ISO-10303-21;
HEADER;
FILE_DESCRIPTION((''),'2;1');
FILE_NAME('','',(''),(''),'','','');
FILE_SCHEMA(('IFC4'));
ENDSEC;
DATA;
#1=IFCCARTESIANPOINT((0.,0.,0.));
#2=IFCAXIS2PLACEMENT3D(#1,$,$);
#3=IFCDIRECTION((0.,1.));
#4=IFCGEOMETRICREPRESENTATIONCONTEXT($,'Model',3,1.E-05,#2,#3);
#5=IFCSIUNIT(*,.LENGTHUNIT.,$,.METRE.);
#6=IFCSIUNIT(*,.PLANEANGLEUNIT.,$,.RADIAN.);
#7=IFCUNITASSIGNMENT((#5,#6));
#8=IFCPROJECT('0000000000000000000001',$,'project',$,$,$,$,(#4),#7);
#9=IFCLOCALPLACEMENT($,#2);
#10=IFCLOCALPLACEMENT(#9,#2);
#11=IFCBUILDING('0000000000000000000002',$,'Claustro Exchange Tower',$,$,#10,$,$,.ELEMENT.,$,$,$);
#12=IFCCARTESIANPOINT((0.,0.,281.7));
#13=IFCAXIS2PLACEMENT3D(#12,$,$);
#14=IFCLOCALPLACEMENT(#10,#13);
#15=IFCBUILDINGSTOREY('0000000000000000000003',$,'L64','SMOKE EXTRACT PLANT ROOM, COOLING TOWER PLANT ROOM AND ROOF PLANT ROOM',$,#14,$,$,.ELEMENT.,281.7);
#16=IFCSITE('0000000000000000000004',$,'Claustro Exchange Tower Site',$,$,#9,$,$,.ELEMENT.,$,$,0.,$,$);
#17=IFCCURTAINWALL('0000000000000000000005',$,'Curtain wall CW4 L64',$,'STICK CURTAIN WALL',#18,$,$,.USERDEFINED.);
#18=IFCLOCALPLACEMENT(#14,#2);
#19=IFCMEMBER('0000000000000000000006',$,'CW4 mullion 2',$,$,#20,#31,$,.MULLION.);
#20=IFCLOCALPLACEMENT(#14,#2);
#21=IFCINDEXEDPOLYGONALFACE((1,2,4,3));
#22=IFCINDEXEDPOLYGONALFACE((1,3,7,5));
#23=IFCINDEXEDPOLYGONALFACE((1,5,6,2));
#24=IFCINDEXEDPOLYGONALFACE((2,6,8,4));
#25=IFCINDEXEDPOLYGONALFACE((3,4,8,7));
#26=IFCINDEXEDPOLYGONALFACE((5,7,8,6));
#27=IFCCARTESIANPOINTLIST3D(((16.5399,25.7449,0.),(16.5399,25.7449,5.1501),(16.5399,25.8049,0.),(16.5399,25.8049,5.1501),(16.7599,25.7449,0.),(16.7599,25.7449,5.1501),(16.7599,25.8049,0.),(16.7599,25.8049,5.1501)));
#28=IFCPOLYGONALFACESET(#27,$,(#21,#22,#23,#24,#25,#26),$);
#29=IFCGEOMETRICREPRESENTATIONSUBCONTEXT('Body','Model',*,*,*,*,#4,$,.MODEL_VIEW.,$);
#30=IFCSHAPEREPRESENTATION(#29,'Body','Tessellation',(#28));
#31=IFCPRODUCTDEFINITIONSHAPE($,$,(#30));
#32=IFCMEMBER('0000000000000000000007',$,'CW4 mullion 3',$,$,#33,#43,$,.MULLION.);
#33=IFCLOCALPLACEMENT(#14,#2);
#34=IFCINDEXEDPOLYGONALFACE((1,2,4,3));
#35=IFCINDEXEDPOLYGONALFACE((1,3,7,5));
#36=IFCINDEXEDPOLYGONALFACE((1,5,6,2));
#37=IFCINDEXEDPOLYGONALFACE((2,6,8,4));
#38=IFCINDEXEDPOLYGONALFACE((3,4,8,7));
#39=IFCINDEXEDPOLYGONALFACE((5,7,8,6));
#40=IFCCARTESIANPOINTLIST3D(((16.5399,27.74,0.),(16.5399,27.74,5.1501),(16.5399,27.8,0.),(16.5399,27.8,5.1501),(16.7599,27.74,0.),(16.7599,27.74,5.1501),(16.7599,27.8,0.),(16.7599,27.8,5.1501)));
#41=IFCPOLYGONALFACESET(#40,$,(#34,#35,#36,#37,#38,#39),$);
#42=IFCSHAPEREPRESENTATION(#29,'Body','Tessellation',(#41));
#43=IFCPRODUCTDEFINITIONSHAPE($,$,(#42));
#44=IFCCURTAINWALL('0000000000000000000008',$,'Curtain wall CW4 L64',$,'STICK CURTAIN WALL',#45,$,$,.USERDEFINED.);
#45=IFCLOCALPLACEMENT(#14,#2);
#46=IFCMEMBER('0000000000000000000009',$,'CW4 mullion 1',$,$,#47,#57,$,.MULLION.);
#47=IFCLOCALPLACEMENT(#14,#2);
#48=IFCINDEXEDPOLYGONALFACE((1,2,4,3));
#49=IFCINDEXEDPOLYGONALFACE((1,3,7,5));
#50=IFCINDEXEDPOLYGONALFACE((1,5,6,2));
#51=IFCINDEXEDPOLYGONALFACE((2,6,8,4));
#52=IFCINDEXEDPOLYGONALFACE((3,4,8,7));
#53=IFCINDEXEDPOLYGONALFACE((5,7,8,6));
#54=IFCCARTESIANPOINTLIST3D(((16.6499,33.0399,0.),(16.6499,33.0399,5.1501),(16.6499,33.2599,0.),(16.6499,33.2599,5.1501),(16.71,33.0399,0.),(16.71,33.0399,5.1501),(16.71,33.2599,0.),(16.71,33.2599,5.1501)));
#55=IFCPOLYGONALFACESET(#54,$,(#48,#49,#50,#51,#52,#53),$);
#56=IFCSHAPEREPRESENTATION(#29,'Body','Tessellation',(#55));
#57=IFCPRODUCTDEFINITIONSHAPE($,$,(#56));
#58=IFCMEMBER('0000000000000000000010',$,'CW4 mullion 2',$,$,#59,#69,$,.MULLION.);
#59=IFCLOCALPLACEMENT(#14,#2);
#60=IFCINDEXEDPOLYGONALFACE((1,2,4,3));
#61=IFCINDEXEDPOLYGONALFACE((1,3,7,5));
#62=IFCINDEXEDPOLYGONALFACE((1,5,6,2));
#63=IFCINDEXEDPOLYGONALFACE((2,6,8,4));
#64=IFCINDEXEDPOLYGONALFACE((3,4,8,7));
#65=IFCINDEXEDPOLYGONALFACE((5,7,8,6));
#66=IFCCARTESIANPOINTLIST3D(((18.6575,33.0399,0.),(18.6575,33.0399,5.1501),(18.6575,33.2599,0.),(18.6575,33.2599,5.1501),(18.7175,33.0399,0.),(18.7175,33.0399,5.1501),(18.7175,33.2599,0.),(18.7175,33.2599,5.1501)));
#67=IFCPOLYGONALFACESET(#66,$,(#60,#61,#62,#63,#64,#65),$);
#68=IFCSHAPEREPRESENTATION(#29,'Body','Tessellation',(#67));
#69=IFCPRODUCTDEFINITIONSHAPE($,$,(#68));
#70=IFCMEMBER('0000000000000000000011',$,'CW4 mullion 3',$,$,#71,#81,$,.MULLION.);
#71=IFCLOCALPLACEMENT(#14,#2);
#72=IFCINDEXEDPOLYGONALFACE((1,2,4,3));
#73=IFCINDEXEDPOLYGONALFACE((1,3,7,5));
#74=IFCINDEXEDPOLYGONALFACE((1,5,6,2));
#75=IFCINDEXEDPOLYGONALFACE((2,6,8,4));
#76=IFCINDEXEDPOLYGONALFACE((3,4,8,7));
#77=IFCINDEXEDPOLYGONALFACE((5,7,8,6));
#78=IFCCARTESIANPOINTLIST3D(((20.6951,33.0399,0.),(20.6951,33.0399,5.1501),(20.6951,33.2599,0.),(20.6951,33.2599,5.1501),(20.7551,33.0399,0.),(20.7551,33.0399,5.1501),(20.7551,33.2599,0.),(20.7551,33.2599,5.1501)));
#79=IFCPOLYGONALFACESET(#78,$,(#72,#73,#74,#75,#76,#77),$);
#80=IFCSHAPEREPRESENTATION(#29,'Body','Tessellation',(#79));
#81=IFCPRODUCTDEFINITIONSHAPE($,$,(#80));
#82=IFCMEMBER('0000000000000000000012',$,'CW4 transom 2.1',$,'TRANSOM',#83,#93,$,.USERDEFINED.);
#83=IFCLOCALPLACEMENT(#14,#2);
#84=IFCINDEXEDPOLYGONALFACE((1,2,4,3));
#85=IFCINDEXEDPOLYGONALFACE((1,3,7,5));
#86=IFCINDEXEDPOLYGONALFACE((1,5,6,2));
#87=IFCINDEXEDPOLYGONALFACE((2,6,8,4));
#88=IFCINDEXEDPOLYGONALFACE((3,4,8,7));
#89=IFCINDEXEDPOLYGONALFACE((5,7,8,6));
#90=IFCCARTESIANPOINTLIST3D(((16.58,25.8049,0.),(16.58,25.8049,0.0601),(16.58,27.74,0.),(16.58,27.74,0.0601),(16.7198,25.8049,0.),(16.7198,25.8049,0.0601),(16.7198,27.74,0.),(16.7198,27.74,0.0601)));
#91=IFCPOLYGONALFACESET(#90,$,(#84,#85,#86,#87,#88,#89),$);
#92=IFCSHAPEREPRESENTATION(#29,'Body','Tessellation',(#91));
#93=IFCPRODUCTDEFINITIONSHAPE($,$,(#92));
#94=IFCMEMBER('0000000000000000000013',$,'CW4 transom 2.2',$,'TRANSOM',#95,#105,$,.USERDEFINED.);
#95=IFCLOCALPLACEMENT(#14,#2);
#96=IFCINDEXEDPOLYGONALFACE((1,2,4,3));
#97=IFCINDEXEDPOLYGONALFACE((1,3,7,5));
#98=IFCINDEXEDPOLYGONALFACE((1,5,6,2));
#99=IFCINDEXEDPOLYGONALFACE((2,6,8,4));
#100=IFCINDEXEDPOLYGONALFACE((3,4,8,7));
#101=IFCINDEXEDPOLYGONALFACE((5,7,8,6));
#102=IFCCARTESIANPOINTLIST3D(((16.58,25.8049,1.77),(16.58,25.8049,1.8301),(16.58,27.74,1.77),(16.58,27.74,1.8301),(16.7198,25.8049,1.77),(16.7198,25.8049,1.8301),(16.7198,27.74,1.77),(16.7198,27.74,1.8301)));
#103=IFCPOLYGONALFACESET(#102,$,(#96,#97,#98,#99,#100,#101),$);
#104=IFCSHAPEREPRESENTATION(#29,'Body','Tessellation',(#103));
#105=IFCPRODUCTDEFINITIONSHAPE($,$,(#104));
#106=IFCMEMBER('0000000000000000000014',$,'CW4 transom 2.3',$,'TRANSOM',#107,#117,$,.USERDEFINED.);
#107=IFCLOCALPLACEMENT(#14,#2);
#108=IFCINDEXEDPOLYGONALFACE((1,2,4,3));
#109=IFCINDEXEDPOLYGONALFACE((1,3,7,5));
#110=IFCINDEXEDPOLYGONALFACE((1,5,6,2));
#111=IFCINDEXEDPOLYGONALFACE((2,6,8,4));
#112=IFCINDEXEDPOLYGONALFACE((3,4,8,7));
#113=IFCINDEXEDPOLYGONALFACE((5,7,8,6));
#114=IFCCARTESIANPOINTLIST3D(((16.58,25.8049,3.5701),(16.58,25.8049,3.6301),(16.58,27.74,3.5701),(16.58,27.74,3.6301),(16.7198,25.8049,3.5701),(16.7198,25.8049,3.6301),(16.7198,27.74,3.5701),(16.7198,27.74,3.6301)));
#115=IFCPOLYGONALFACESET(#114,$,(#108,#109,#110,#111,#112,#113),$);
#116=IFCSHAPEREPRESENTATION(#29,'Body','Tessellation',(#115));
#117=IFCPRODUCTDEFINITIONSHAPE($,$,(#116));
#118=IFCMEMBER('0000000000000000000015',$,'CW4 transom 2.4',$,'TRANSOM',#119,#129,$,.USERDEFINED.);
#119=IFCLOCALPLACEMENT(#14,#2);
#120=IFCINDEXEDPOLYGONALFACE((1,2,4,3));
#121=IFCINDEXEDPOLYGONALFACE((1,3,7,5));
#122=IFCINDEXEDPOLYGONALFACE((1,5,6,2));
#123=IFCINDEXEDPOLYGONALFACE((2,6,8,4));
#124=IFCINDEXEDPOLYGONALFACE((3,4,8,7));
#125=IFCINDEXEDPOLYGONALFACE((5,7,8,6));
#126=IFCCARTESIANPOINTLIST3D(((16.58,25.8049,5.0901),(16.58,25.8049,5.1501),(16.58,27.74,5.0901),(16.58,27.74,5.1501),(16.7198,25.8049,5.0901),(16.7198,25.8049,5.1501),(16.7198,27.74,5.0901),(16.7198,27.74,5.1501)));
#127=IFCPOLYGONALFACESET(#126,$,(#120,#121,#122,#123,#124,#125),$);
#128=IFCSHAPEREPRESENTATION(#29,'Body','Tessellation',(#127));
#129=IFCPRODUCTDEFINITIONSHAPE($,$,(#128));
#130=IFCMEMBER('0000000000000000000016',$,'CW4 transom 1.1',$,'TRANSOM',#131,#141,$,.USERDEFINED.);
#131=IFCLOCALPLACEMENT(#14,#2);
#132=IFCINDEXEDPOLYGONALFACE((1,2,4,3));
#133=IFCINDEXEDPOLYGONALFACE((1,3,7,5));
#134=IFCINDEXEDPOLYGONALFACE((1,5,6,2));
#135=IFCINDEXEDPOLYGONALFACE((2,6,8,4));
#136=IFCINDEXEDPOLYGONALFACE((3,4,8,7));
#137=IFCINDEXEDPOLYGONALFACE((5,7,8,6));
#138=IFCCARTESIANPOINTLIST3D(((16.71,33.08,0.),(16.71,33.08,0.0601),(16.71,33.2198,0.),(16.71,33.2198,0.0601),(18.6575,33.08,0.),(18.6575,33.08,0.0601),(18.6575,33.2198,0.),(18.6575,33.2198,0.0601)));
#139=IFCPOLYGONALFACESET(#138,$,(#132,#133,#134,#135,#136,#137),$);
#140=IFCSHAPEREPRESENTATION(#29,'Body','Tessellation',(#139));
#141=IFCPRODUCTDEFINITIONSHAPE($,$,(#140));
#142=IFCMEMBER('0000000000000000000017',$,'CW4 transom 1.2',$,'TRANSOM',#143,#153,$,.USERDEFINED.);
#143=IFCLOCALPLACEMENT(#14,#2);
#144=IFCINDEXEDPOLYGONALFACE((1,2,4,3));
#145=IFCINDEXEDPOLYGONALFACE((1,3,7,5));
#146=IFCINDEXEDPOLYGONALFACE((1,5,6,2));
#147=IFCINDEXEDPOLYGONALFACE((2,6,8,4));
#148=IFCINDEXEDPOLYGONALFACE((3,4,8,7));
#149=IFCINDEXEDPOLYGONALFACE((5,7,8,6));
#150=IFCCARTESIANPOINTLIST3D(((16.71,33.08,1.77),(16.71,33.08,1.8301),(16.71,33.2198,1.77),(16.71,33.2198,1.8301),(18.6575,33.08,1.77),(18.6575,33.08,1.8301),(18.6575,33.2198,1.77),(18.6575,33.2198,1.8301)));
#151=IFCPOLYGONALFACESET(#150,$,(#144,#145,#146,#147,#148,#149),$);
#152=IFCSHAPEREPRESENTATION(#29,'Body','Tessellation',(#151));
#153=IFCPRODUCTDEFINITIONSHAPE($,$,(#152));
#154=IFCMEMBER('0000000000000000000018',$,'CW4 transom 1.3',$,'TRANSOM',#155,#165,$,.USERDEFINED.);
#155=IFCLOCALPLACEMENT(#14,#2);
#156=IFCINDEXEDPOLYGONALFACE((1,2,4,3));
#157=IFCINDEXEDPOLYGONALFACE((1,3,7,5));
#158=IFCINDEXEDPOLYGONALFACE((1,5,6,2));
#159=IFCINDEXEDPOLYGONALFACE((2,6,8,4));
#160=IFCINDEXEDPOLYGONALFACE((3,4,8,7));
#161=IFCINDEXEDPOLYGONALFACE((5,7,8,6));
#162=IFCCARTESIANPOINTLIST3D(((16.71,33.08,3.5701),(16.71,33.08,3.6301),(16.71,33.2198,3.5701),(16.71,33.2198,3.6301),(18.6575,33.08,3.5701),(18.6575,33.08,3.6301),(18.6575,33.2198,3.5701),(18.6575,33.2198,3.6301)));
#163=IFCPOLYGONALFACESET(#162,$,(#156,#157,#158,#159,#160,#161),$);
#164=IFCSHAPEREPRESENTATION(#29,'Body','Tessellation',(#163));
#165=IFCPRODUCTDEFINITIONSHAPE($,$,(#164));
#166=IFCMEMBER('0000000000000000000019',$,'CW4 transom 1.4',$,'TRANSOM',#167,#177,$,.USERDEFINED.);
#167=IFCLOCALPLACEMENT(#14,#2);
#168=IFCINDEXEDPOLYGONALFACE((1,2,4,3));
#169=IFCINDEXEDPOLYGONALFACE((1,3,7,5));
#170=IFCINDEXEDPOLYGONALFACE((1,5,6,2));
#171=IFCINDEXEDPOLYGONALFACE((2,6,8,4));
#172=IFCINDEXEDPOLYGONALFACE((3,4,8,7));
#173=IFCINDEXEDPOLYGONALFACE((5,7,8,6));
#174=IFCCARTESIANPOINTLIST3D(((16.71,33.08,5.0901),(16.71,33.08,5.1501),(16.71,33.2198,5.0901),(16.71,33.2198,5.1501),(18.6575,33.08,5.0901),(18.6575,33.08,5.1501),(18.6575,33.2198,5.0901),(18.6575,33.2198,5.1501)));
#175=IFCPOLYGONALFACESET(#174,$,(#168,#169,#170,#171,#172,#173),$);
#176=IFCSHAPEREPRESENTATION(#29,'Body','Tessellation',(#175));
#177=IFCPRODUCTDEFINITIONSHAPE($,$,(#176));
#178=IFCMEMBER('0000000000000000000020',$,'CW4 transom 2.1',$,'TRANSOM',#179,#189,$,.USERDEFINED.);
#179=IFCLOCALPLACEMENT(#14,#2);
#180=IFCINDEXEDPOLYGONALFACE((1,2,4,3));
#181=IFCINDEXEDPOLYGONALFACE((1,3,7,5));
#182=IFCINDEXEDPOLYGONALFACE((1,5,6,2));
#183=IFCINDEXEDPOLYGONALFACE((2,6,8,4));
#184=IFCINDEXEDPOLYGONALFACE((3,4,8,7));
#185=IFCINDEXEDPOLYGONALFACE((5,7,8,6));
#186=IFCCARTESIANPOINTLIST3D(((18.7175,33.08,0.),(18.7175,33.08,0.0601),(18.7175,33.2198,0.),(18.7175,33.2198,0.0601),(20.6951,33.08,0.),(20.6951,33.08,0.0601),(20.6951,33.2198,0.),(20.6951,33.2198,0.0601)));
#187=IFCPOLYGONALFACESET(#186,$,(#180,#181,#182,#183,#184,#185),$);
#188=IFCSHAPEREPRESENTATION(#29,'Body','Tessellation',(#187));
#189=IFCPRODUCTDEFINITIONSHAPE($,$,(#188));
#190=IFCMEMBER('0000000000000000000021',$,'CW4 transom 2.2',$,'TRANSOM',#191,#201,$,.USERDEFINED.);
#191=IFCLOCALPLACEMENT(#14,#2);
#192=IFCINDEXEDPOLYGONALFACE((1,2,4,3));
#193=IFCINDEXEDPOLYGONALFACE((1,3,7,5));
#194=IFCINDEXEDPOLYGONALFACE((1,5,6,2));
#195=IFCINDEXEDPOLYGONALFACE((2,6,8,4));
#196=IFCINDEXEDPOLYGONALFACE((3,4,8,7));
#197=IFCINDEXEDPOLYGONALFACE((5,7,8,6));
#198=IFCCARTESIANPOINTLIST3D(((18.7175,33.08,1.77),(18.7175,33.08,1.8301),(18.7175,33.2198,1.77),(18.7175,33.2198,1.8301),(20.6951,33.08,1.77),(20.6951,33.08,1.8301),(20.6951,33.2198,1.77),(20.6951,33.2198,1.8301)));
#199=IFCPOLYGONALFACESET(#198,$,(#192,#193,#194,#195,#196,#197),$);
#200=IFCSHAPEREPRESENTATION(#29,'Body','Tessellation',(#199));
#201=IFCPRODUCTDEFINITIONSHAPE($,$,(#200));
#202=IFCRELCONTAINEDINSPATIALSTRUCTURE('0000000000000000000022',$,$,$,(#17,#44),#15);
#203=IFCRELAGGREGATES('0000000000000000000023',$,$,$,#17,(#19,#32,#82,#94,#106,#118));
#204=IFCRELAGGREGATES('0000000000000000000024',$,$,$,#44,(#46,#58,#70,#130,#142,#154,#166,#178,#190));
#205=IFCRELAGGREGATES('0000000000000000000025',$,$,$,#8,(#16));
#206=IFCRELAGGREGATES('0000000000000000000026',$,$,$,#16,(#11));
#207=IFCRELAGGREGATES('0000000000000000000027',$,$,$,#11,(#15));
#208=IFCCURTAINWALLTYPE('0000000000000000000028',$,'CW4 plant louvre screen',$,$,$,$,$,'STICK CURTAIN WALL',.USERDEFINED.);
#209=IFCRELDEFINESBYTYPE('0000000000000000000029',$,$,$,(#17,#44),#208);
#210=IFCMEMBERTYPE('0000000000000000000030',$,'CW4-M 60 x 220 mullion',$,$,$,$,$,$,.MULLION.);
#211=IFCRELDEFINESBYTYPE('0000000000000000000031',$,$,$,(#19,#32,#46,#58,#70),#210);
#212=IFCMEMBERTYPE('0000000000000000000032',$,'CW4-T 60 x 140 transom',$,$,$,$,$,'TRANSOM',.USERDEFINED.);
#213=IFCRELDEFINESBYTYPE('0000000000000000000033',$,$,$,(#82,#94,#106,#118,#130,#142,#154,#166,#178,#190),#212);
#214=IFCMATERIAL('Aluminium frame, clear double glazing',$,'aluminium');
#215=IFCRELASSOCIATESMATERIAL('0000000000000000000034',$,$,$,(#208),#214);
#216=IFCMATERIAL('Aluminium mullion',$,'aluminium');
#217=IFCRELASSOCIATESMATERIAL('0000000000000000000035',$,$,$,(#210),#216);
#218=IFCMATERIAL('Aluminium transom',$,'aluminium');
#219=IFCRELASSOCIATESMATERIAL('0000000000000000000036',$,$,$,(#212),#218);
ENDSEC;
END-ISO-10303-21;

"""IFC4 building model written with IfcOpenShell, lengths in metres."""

from ifc_helpers import new_model, si_unit, direction, frame, origin, origin_2d, place, context, subcontext, project, spatial, rectangle, extrude, material, material_profile, profile_set, type_object, element, aggregate, save


model = new_model("IFC4")

# Units and contexts
model_context = context("Model", 3, precision=1e-05, world=origin(), true_north=direction((0.0, 1.0)))
body_context = subcontext(model_context, "Body", "Model", "MODEL_VIEW")
ifc_project = project(units=[si_unit("LENGTHUNIT", "METRE"), si_unit("PLANEANGLEUNIT", "RADIAN")], contexts=[model_context])

# Site, building, storey
site_placement = place(None, origin())
site = spatial("IfcSite", under=ifc_project, at=site_placement, Name="Claustro Exchange Tower Site", CompositionType="ELEMENT", RefElevation=0.0)
building_placement = place(site_placement, origin())
building = spatial("IfcBuilding", under=site, at=building_placement, Name="Claustro Exchange Tower", CompositionType="ELEMENT")
storey_placement = place(building_placement, frame((0.0, 0.0, 281.7)))
storey = spatial("IfcBuildingStorey", under=building, at=storey_placement, Name="L64", Description="SMOKE EXTRACT PLANT ROOM, COOLING TOWER PLANT ROOM AND ROOF PLANT ROOM", CompositionType="ELEMENT", Elevation=281.7)

# Curtain walls, members
ifc_material_1 = material(Name="Aluminium frame, clear double glazing", Category="aluminium")
curtain_wall_type = type_object("IfcCurtainWallType", Name="CW4 plant louvre screen", ElementType="STICK CURTAIN WALL", PredefinedType="USERDEFINED", material=ifc_material_1)
curtain_wall_1_placement = place(storey_placement, origin())
curtain_wall_1 = element("IfcCurtainWall", 1, at=curtain_wall_1_placement, inside=storey, type_object=curtain_wall_type, Name="Curtain wall CW4 L64", ObjectType="STICK CURTAIN WALL", PredefinedType="USERDEFINED")
ifc_material_2 = material(Name="Aluminium mullion", Category="aluminium")
ifc_material_profile_1 = material_profile(ifc_material_2, rectangle(XDim=0.22, YDim=0.0601, at=origin_2d()), Name="CW4-M 60x220")
ifc_profile_set_1 = profile_set([ifc_material_profile_1], Name="Aluminium mullion")
member_type_1 = type_object("IfcMemberType", Name="CW4-M 60 x 220 mullion", PredefinedType="MULLION", material=ifc_profile_set_1)
member_1_placement = place(storey_placement, frame((16.6499, 25.7749, 0.0), z_axis=(0.0, 0.0, 1.0), x_axis=(-1.0, 0.0, 0.0)))
member_1 = element("IfcMember", 2, at=member_1_placement, type_object=member_type_1, Name="CW4 mullion 2", PredefinedType="MULLION", context=body_context, shape_type="SweptSolid", body=[
    extrude(rectangle(XDim=0.22, YDim=0.0601, at=origin_2d()), origin(), (0.0, 0.0, 1.0), 5.1501),
])
member_2_placement = place(storey_placement, frame((16.6499, 27.77, 0.0), z_axis=(0.0, 0.0, 1.0), x_axis=(-1.0, 0.0, 0.0)))
member_2 = element("IfcMember", 3, at=member_2_placement, type_object=member_type_1, Name="CW4 mullion 3", PredefinedType="MULLION", context=body_context, shape_type="SweptSolid", body=[
    extrude(rectangle(XDim=0.22, YDim=0.0601, at=origin_2d()), origin(), (0.0, 0.0, 1.0), 5.1501),
])
curtain_wall_2_placement = place(storey_placement, origin())
curtain_wall_2 = element("IfcCurtainWall", 4, at=curtain_wall_2_placement, inside=storey, type_object=curtain_wall_type, Name="Curtain wall CW4 L64", ObjectType="STICK CURTAIN WALL", PredefinedType="USERDEFINED")
member_3_placement = place(storey_placement, frame((16.6799, 33.1499, 0.0), z_axis=(0.0, 0.0, 1.0), x_axis=(0.0, 1.0, 0.0)))
member_3 = element("IfcMember", 5, at=member_3_placement, type_object=member_type_1, Name="CW4 mullion 1", PredefinedType="MULLION", context=body_context, shape_type="SweptSolid", body=[
    extrude(rectangle(XDim=0.22, YDim=0.0601, at=origin_2d()), origin(), (0.0, 0.0, 1.0), 5.1501),
])
member_4_placement = place(storey_placement, frame((18.6875, 33.1499, 0.0), z_axis=(0.0, 0.0, 1.0), x_axis=(0.0, 1.0, 0.0)))
member_4 = element("IfcMember", 6, at=member_4_placement, type_object=member_type_1, Name="CW4 mullion 2", PredefinedType="MULLION", context=body_context, shape_type="SweptSolid", body=[
    extrude(rectangle(XDim=0.22, YDim=0.0601, at=origin_2d()), origin(), (0.0, 0.0, 1.0), 5.1501),
])
member_5_placement = place(storey_placement, frame((20.7251, 33.1499, 0.0), z_axis=(0.0, 0.0, 1.0), x_axis=(0.0, 1.0, 0.0)))
member_5 = element("IfcMember", 7, at=member_5_placement, type_object=member_type_1, Name="CW4 mullion 3", PredefinedType="MULLION", context=body_context, shape_type="SweptSolid", body=[
    extrude(rectangle(XDim=0.22, YDim=0.0601, at=origin_2d()), origin(), (0.0, 0.0, 1.0), 5.1501),
])

# Members
ifc_material_3 = material(Name="Aluminium transom", Category="aluminium")
ifc_material_profile_2 = material_profile(ifc_material_3, rectangle(XDim=0.1399, YDim=0.0601, at=origin_2d()), Name="CW4-T 60x140")
ifc_profile_set_2 = profile_set([ifc_material_profile_2], Name="Aluminium transom")
member_type_2 = type_object("IfcMemberType", Name="CW4-T 60 x 140 transom", ElementType="TRANSOM", PredefinedType="USERDEFINED", material=ifc_profile_set_2)
member_6_placement = place(storey_placement, frame((16.6499, 25.8049, 0.03), z_axis=(0.0, 1.0, 0.0), x_axis=(-1.0, 0.0, 0.0)))
member_6 = element("IfcMember", 8, at=member_6_placement, type_object=member_type_2, Name="CW4 transom 2.1", ObjectType="TRANSOM", PredefinedType="USERDEFINED", context=body_context, shape_type="SweptSolid", body=[
    extrude(rectangle(XDim=0.1399, YDim=0.0601, at=origin_2d()), origin(), (0.0, 0.0, 1.0), 1.9351),
])
member_7_placement = place(storey_placement, frame((16.6499, 25.8049, 1.8), z_axis=(0.0, 1.0, 0.0), x_axis=(-1.0, 0.0, 0.0)))
member_7 = element("IfcMember", 9, at=member_7_placement, type_object=member_type_2, Name="CW4 transom 2.2", ObjectType="TRANSOM", PredefinedType="USERDEFINED", context=body_context, shape_type="SweptSolid", body=[
    extrude(rectangle(XDim=0.1399, YDim=0.0601, at=origin_2d()), origin(), (0.0, 0.0, 1.0), 1.9351),
])
member_8_placement = place(storey_placement, frame((16.6499, 25.8049, 3.6001), z_axis=(0.0, 1.0, 0.0), x_axis=(-1.0, 0.0, 0.0)))
member_8 = element("IfcMember", 10, at=member_8_placement, type_object=member_type_2, Name="CW4 transom 2.3", ObjectType="TRANSOM", PredefinedType="USERDEFINED", context=body_context, shape_type="SweptSolid", body=[
    extrude(rectangle(XDim=0.1399, YDim=0.0601, at=origin_2d()), origin(), (0.0, 0.0, 1.0), 1.9351),
])
member_9_placement = place(storey_placement, frame((16.6499, 25.8049, 5.1201), z_axis=(0.0, 1.0, 0.0), x_axis=(-1.0, 0.0, 0.0)))
member_9 = element("IfcMember", 11, at=member_9_placement, type_object=member_type_2, Name="CW4 transom 2.4", ObjectType="TRANSOM", PredefinedType="USERDEFINED", context=body_context, shape_type="SweptSolid", body=[
    extrude(rectangle(XDim=0.1399, YDim=0.0601, at=origin_2d()), origin(), (0.0, 0.0, 1.0), 1.9351),
])
member_10_placement = place(storey_placement, frame((16.71, 33.1499, 0.03), z_axis=(1.0, 0.0, 0.0), x_axis=(0.0, 1.0, 0.0)))
member_10 = element("IfcMember", 12, at=member_10_placement, type_object=member_type_2, Name="CW4 transom 1.1", ObjectType="TRANSOM", PredefinedType="USERDEFINED", context=body_context, shape_type="SweptSolid", body=[
    extrude(rectangle(XDim=0.1399, YDim=0.0601, at=origin_2d()), origin(), (0.0, 0.0, 1.0), 1.9475),
])
member_11_placement = place(storey_placement, frame((16.71, 33.1499, 1.8), z_axis=(1.0, 0.0, 0.0), x_axis=(0.0, 1.0, 0.0)))
member_11 = element("IfcMember", 13, at=member_11_placement, type_object=member_type_2, Name="CW4 transom 1.2", ObjectType="TRANSOM", PredefinedType="USERDEFINED", context=body_context, shape_type="SweptSolid", body=[
    extrude(rectangle(XDim=0.1399, YDim=0.0601, at=origin_2d()), origin(), (0.0, 0.0, 1.0), 1.9475),
])
member_12_placement = place(storey_placement, frame((16.71, 33.1499, 3.6001), z_axis=(1.0, 0.0, 0.0), x_axis=(0.0, 1.0, 0.0)))
member_12 = element("IfcMember", 14, at=member_12_placement, type_object=member_type_2, Name="CW4 transom 1.3", ObjectType="TRANSOM", PredefinedType="USERDEFINED", context=body_context, shape_type="SweptSolid", body=[
    extrude(rectangle(XDim=0.1399, YDim=0.0601, at=origin_2d()), origin(), (0.0, 0.0, 1.0), 1.9475),
])
member_13_placement = place(storey_placement, frame((16.71, 33.1499, 5.1201), z_axis=(1.0, 0.0, 0.0), x_axis=(0.0, 1.0, 0.0)))
member_13 = element("IfcMember", 15, at=member_13_placement, type_object=member_type_2, Name="CW4 transom 1.4", ObjectType="TRANSOM", PredefinedType="USERDEFINED", context=body_context, shape_type="SweptSolid", body=[
    extrude(rectangle(XDim=0.1399, YDim=0.0601, at=origin_2d()), origin(), (0.0, 0.0, 1.0), 1.9475),
])
member_14_placement = place(storey_placement, frame((18.7175, 33.1499, 0.03), z_axis=(1.0, 0.0, 0.0), x_axis=(0.0, 1.0, 0.0)))
member_14 = element("IfcMember", 16, at=member_14_placement, type_object=member_type_2, Name="CW4 transom 2.1", ObjectType="TRANSOM", PredefinedType="USERDEFINED", context=body_context, shape_type="SweptSolid", body=[
    extrude(rectangle(XDim=0.1399, YDim=0.0601, at=origin_2d()), origin(), (0.0, 0.0, 1.0), 1.9775),
])
member_15_placement = place(storey_placement, frame((18.7175, 33.1499, 1.8), z_axis=(1.0, 0.0, 0.0), x_axis=(0.0, 1.0, 0.0)))
member_15 = element("IfcMember", 17, at=member_15_placement, type_object=member_type_2, Name="CW4 transom 2.2", ObjectType="TRANSOM", PredefinedType="USERDEFINED", context=body_context, shape_type="SweptSolid", body=[
    extrude(rectangle(XDim=0.1399, YDim=0.0601, at=origin_2d()), origin(), (0.0, 0.0, 1.0), 1.9775),
])

aggregate(curtain_wall_1, [member_1, member_2, member_6, member_7, member_8, member_9])
aggregate(curtain_wall_2, [member_3, member_4, member_5, member_10, member_11, member_12, member_13, member_14, member_15])

save(model, "model.ifc")
